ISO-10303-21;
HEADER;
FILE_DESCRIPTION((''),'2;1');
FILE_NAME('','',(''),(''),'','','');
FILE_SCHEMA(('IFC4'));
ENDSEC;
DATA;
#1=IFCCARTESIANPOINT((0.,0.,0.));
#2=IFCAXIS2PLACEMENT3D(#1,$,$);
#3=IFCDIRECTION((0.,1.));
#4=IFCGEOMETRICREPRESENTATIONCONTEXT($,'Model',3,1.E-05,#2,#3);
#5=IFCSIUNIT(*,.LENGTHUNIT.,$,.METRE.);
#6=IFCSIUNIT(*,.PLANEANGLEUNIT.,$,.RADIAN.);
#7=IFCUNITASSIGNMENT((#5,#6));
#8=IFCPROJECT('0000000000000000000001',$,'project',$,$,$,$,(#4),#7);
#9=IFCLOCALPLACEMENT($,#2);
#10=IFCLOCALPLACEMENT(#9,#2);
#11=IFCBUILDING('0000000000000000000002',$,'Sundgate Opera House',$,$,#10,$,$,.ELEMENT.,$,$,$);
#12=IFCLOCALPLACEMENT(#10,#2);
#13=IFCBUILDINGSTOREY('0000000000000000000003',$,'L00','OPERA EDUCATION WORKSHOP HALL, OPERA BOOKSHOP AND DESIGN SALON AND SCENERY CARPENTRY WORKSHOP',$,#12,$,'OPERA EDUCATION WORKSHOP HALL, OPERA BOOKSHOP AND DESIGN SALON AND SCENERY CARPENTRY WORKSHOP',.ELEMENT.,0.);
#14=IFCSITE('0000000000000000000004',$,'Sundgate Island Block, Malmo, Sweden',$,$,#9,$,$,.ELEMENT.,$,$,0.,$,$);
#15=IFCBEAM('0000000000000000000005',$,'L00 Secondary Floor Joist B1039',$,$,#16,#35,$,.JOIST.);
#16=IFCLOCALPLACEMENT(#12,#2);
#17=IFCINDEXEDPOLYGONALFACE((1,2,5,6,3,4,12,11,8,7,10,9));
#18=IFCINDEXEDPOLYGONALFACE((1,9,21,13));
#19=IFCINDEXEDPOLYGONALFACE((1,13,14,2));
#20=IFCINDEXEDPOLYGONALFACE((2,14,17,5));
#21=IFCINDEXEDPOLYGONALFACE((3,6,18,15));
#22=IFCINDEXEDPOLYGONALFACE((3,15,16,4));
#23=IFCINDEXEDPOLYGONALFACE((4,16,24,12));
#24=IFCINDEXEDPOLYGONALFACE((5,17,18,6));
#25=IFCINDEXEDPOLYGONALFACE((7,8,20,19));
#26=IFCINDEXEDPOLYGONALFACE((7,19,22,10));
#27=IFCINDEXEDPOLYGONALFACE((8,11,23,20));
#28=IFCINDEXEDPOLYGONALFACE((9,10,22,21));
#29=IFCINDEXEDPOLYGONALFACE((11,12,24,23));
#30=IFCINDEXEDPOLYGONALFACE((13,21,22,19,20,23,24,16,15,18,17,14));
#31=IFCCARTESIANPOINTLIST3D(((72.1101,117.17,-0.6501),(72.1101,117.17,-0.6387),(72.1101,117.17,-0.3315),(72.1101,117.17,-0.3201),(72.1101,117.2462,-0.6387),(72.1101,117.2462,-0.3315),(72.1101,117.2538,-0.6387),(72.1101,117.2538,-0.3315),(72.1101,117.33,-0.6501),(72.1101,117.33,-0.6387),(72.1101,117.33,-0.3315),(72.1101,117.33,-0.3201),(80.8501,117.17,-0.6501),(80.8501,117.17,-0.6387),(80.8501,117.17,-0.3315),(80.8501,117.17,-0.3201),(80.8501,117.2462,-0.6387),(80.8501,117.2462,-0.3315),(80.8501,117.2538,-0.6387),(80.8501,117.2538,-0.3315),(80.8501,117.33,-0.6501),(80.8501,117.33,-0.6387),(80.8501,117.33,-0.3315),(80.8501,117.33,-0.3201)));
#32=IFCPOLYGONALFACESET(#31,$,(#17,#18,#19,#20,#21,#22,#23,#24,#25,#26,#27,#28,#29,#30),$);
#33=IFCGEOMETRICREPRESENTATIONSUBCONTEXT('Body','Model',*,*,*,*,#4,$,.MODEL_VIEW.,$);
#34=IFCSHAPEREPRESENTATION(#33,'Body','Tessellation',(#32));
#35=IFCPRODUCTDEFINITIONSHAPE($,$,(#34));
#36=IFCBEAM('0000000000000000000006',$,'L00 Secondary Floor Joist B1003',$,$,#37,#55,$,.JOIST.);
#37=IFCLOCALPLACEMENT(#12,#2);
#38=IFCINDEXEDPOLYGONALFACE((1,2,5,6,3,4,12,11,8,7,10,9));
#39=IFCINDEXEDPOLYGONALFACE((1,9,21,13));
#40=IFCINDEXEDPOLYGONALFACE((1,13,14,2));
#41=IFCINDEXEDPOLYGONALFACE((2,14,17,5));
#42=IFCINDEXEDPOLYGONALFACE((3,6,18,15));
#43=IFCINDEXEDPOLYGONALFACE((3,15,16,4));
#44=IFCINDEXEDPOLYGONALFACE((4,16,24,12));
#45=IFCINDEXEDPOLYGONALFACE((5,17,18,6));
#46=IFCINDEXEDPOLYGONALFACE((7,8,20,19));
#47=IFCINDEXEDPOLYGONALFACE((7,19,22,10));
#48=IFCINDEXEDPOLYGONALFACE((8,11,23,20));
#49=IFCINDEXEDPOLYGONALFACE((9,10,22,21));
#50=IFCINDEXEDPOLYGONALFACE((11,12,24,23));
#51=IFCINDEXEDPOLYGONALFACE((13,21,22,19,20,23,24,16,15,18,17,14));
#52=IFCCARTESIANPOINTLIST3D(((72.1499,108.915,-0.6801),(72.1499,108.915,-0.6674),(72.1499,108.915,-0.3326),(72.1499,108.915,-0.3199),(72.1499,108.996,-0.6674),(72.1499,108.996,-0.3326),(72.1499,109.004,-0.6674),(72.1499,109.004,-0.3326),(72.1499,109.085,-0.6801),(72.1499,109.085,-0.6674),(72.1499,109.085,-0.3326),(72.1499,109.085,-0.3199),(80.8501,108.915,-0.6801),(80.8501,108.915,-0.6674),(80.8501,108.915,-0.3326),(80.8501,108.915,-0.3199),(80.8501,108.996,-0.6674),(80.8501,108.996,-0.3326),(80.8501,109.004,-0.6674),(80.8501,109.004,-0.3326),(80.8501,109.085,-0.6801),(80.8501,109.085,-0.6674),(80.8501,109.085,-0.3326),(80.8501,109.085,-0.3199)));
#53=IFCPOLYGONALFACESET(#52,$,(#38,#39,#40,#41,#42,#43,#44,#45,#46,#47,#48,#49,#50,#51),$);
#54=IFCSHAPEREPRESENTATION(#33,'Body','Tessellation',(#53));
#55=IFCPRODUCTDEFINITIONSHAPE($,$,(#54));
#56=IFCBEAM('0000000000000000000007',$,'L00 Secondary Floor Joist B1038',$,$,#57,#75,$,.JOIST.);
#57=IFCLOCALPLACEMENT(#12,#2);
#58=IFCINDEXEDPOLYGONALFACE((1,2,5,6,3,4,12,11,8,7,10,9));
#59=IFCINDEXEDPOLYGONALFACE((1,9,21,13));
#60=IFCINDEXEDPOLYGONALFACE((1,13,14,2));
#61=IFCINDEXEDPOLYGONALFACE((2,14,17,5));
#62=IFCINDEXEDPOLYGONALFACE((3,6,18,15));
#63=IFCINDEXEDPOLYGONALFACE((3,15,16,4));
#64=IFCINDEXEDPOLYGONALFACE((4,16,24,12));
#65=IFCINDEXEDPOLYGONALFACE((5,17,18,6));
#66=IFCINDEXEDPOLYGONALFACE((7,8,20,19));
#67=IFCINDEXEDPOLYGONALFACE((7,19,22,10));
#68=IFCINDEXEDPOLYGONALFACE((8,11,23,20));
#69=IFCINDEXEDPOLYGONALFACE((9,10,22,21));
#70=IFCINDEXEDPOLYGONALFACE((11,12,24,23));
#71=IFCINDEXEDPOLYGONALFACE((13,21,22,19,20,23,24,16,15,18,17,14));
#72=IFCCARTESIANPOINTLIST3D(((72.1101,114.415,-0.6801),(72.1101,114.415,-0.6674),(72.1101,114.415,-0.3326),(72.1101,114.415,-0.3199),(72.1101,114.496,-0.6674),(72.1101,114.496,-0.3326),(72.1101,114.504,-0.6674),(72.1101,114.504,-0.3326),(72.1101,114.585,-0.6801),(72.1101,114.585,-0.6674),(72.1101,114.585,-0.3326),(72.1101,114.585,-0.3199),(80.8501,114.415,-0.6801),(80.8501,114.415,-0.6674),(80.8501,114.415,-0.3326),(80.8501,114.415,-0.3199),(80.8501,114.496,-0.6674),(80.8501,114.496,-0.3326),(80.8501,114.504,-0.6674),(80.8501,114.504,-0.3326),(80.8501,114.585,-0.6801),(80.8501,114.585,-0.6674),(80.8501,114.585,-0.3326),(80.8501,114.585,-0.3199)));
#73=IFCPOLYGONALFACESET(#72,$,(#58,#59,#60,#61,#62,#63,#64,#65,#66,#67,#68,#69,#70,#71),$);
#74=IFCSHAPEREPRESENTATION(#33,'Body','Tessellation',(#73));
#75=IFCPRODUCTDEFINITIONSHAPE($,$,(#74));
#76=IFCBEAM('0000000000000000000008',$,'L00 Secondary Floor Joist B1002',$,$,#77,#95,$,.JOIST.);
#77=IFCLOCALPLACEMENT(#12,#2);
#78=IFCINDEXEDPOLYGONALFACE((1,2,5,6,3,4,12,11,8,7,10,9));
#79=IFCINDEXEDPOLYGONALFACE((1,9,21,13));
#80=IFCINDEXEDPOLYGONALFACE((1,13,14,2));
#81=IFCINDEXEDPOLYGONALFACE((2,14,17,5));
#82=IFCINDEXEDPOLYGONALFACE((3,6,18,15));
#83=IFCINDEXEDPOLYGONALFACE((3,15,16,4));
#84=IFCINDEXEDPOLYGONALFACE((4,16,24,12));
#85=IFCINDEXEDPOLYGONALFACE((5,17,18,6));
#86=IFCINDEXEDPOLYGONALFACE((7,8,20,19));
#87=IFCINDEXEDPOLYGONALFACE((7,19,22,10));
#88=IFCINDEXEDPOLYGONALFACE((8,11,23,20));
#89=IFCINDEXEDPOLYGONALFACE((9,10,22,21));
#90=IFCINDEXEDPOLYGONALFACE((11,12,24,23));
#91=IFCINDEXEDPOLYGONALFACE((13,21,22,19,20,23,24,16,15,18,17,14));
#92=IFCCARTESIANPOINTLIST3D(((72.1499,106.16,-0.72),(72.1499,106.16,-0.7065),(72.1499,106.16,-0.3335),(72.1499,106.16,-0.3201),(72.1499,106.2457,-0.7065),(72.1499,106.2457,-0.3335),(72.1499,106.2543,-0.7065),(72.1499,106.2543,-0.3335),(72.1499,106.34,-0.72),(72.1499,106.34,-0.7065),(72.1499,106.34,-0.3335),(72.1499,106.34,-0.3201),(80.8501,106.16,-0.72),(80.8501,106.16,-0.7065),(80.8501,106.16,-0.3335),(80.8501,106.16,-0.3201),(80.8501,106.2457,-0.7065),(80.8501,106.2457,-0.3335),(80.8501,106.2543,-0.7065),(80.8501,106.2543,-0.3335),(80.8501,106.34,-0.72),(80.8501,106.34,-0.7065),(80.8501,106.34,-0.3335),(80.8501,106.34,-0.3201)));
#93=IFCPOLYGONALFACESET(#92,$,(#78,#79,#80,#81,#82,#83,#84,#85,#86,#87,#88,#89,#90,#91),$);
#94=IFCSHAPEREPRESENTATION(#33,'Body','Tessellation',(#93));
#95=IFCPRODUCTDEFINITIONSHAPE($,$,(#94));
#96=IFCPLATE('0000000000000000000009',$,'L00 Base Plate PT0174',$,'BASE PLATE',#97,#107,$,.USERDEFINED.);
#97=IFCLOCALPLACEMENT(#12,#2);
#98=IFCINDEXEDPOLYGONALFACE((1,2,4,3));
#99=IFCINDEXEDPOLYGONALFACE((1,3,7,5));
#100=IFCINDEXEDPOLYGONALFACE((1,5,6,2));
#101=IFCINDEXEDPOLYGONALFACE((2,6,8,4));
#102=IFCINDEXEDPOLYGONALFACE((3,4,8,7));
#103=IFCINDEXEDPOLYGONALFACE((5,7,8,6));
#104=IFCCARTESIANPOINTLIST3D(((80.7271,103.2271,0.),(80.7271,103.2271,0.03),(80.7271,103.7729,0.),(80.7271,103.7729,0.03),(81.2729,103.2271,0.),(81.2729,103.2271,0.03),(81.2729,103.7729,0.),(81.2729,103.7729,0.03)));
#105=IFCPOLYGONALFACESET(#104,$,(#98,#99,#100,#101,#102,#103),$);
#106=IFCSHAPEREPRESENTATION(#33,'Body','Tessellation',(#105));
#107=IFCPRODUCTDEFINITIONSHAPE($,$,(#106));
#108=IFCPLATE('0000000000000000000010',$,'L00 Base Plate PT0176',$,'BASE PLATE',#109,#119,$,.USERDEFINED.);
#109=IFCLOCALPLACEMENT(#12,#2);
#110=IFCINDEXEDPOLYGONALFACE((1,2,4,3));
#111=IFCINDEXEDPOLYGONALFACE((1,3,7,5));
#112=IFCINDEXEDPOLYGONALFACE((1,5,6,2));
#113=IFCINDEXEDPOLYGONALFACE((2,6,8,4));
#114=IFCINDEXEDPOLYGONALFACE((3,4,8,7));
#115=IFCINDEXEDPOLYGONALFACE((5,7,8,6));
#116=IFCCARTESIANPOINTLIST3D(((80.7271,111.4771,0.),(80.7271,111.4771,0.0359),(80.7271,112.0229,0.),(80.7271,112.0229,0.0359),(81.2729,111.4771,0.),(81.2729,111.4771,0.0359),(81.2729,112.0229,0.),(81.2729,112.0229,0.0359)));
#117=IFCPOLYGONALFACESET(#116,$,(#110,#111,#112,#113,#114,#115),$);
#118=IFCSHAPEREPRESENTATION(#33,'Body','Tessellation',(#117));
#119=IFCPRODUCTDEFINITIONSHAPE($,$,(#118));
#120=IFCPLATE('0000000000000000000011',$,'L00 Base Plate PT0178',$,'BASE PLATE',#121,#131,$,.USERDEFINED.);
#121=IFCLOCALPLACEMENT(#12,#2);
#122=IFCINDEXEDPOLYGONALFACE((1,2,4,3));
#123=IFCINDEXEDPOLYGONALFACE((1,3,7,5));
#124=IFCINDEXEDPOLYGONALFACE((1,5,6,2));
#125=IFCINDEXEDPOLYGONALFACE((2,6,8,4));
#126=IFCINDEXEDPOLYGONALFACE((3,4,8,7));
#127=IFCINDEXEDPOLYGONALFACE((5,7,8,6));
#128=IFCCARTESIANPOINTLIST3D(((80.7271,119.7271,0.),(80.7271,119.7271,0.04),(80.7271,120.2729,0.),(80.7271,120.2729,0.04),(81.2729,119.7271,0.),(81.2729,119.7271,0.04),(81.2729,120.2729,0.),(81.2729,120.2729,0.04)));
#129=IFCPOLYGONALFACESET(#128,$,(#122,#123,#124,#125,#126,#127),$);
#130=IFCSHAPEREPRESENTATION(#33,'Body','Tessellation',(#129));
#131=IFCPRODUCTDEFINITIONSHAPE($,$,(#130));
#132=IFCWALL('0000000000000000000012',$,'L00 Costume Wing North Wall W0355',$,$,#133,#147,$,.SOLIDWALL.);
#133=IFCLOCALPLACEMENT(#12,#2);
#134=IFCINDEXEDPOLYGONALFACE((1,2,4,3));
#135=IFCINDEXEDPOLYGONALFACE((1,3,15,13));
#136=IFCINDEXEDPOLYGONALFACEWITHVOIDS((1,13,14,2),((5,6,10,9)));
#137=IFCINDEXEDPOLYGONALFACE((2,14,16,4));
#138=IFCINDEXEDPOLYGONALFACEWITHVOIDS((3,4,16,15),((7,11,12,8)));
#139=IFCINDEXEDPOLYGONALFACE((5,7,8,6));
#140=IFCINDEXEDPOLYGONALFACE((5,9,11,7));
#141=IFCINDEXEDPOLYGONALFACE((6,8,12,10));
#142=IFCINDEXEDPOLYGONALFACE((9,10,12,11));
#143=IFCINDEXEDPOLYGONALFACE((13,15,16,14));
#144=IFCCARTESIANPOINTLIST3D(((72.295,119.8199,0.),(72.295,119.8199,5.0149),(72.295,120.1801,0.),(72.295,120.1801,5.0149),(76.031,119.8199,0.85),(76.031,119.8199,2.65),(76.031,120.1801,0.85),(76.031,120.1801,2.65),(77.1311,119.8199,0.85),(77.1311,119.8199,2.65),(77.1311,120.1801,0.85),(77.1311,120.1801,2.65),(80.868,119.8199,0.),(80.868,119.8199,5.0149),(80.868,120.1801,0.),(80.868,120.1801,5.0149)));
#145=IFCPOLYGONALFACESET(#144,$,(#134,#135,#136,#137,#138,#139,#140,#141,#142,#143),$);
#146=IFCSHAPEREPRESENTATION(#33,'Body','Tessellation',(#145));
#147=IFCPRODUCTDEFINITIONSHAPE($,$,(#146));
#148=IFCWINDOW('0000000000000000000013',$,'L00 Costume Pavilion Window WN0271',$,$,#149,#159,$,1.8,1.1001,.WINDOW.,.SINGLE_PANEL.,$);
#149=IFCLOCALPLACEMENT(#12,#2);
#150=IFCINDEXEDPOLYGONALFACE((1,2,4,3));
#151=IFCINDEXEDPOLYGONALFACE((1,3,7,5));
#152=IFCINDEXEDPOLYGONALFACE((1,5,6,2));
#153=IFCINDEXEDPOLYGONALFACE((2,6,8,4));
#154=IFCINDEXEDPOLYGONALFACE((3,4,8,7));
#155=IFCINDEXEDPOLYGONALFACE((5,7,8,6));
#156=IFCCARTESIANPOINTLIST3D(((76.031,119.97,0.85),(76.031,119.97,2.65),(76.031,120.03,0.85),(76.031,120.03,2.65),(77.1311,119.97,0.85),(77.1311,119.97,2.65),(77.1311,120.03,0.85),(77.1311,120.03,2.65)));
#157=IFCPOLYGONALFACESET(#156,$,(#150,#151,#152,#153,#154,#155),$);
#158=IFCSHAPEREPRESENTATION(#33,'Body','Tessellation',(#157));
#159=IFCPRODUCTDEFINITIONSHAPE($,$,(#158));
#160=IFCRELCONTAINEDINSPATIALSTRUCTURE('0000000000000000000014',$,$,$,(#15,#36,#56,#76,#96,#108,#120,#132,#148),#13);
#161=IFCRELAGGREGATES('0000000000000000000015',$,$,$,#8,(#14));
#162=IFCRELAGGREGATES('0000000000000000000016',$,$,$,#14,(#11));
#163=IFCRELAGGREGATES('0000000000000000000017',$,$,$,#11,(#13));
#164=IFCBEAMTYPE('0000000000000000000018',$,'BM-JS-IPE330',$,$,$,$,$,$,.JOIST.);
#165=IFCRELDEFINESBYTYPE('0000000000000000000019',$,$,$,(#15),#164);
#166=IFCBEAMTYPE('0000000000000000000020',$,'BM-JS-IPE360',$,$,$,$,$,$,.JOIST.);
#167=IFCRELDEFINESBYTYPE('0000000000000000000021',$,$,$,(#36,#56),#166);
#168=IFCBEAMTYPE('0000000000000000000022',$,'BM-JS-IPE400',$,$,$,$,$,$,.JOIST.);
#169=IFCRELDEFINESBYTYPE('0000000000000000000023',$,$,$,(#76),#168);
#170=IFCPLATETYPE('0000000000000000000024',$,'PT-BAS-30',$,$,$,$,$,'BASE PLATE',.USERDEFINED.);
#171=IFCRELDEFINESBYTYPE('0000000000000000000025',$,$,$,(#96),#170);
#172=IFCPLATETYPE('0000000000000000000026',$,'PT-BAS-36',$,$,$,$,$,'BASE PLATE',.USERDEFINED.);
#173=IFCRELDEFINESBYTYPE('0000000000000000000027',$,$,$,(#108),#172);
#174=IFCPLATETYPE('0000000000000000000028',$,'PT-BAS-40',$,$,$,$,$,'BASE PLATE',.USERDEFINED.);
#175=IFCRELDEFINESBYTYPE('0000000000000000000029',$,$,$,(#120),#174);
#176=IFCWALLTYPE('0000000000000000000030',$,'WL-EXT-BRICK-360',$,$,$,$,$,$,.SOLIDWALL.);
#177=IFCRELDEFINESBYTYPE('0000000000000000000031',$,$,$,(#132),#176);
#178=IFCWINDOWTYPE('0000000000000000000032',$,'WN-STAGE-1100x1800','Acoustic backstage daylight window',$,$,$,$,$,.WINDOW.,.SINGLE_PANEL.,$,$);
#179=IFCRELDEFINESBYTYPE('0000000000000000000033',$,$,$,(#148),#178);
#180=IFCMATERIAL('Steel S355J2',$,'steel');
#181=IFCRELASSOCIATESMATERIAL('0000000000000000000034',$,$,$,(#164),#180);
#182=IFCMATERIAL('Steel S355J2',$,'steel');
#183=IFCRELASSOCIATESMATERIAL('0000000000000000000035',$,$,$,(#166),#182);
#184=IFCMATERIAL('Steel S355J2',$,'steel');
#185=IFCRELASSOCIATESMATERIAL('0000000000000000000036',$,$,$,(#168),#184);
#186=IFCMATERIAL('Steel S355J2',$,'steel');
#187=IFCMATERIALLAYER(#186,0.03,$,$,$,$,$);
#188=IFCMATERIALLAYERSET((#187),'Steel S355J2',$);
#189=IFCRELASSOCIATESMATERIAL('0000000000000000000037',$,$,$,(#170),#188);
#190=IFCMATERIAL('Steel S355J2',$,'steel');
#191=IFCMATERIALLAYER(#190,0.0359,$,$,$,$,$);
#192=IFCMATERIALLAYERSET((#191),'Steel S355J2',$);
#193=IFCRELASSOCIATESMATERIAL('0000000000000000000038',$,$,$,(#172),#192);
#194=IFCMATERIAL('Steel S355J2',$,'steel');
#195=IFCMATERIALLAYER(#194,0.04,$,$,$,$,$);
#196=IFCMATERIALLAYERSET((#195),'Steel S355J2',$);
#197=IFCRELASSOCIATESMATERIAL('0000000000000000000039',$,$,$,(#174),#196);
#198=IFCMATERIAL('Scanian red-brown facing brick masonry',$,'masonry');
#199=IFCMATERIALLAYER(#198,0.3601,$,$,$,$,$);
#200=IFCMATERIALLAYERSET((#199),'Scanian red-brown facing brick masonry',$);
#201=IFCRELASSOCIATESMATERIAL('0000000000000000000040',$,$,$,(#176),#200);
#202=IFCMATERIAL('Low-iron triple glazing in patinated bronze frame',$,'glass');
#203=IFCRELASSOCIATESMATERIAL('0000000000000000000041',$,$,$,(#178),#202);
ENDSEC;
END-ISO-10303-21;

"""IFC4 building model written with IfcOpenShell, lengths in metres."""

from ifc_helpers import new_model, si_unit, direction, frame, frame_2d, origin, origin_2d, place, context, subcontext, project, spatial, rectangle, i_section, extrude, material, layer, layer_set, material_profile, profile_set, type_object, element, fill, save


model = new_model("IFC4")

# Units and contexts
model_context = context("Model", 3, precision=1e-05, world=origin(), true_north=direction((0.0, 1.0)))
body_context = subcontext(model_context, "Body", "Model", "MODEL_VIEW")
ifc_project = project(units=[si_unit("LENGTHUNIT", "METRE"), si_unit("PLANEANGLEUNIT", "RADIAN")], contexts=[model_context])

# Site, building, storey
site_placement = place(None, origin())
site = spatial("IfcSite", under=ifc_project, at=site_placement, Name="Sundgate Island Block, Malmo, Sweden", CompositionType="ELEMENT", RefElevation=0.0)
building_placement = place(site_placement, origin())
building = spatial("IfcBuilding", under=site, at=building_placement, Name="Sundgate Opera House", CompositionType="ELEMENT")
storey_placement = place(building_placement, origin())
storey = spatial("IfcBuildingStorey", under=building, at=storey_placement, Name="L00", Description="OPERA EDUCATION WORKSHOP HALL, OPERA BOOKSHOP AND DESIGN SALON AND SCENERY CARPENTRY WORKSHOP", LongName="OPERA EDUCATION WORKSHOP HALL, OPERA BOOKSHOP AND DESIGN SALON AND SCENERY CARPENTRY WORKSHOP", CompositionType="ELEMENT", Elevation=0.0)

# Beams
ifc_material_1 = material(Name="Steel S355J2", Category="steel")
ifc_material_profile_1 = material_profile(ifc_material_1, i_section(OverallWidth=0.1599, OverallDepth=0.3301, WebThickness=0.0076, FlangeThickness=0.0115, at=origin_2d()), Name="IPE 330")
ifc_profile_set_1 = profile_set([ifc_material_profile_1], Name="Steel S355J2")
beam_type_1 = type_object("IfcBeamType", Name="BM-JS-IPE330", PredefinedType="JOIST", material=ifc_profile_set_1)
beam_1_placement = place(storey_placement, frame((72.1101, 117.25, -0.4851), z_axis=(1.0, 0.0, 0.0), x_axis=(0.0, 1.0, 0.0)))
element("IfcBeam", 1, at=beam_1_placement, inside=storey, type_object=beam_type_1, Name="L00 Secondary Floor Joist B1039", PredefinedType="JOIST", context=body_context, shape_type="SweptSolid", body=[
    extrude(i_section(OverallWidth=0.1599, OverallDepth=0.3301, WebThickness=0.0076, FlangeThickness=0.0115, at=origin_2d()), origin(), (0.0, 0.0, 1.0), 8.74),
])
ifc_material_2 = material(Name="Steel S355J2", Category="steel")
ifc_material_profile_2 = material_profile(ifc_material_2, i_section(OverallWidth=0.1699, OverallDepth=0.3601, WebThickness=0.0081, FlangeThickness=0.0127, at=origin_2d()), Name="IPE 360")
ifc_profile_set_2 = profile_set([ifc_material_profile_2], Name="Steel S355J2")
beam_type_2 = type_object("IfcBeamType", Name="BM-JS-IPE360", PredefinedType="JOIST", material=ifc_profile_set_2)
beam_2_placement = place(storey_placement, frame((72.1499, 109.0, -0.5), z_axis=(1.0, 0.0, 0.0), x_axis=(0.0, 1.0, 0.0)))
element("IfcBeam", 2, at=beam_2_placement, inside=storey, type_object=beam_type_2, Name="L00 Secondary Floor Joist B1003", PredefinedType="JOIST", context=body_context, shape_type="SweptSolid", body=[
    extrude(i_section(OverallWidth=0.1699, OverallDepth=0.3601, WebThickness=0.0081, FlangeThickness=0.0127, at=origin_2d()), origin(), (0.0, 0.0, 1.0), 8.7002),
])
beam_3_placement = place(storey_placement, frame((72.1101, 114.5, -0.5), z_axis=(1.0, 0.0, 0.0), x_axis=(0.0, 1.0, 0.0)))
element("IfcBeam", 3, at=beam_3_placement, inside=storey, type_object=beam_type_2, Name="L00 Secondary Floor Joist B1038", PredefinedType="JOIST", context=body_context, shape_type="SweptSolid", body=[
    extrude(i_section(OverallWidth=0.1699, OverallDepth=0.3601, WebThickness=0.0081, FlangeThickness=0.0127, at=origin_2d()), origin(), (0.0, 0.0, 1.0), 8.74),
])
ifc_material_3 = material(Name="Steel S355J2", Category="steel")
ifc_material_profile_3 = material_profile(ifc_material_3, i_section(OverallWidth=0.1799, OverallDepth=0.3999, WebThickness=0.0085, FlangeThickness=0.0134, at=origin_2d()), Name="IPE 400")
ifc_profile_set_3 = profile_set([ifc_material_profile_3], Name="Steel S355J2")
beam_type_3 = type_object("IfcBeamType", Name="BM-JS-IPE400", PredefinedType="JOIST", material=ifc_profile_set_3)
beam_4_placement = place(storey_placement, frame((72.1499, 106.25, -0.52), z_axis=(1.0, 0.0, 0.0), x_axis=(0.0, 1.0, 0.0)))
element("IfcBeam", 4, at=beam_4_placement, inside=storey, type_object=beam_type_3, Name="L00 Secondary Floor Joist B1002", PredefinedType="JOIST", context=body_context, shape_type="SweptSolid", body=[
    extrude(i_section(OverallWidth=0.1799, OverallDepth=0.3999, WebThickness=0.0085, FlangeThickness=0.0134, at=origin_2d()), origin(), (0.0, 0.0, 1.0), 8.7002),
])

# Plates
ifc_material_4 = material(Name="Steel S355J2", Category="steel")
ifc_layer_1 = layer(ifc_material_4, 0.03)
ifc_layer_set_1 = layer_set([ifc_layer_1], Name="Steel S355J2")
plate_type_1 = type_object("IfcPlateType", Name="PT-BAS-30", ElementType="BASE PLATE", PredefinedType="USERDEFINED", material=ifc_layer_set_1)
plate_1_placement = place(storey_placement, frame((81.0, 103.5, 0.0), z_axis=(0.0, 0.0, 1.0), x_axis=(1.0, 0.0, 0.0)))
element("IfcPlate", 5, at=plate_1_placement, inside=storey, type_object=plate_type_1, Name="L00 Base Plate PT0174", ObjectType="BASE PLATE", PredefinedType="USERDEFINED", context=body_context, shape_type="SweptSolid", body=[
    extrude(rectangle(XDim=0.5459, YDim=0.5459, at=origin_2d()), origin(), (0.0, 0.0, 1.0), 0.03),
])
ifc_material_5 = material(Name="Steel S355J2", Category="steel")
ifc_layer_2 = layer(ifc_material_5, 0.0359)
ifc_layer_set_2 = layer_set([ifc_layer_2], Name="Steel S355J2")
plate_type_2 = type_object("IfcPlateType", Name="PT-BAS-36", ElementType="BASE PLATE", PredefinedType="USERDEFINED", material=ifc_layer_set_2)
plate_2_placement = place(storey_placement, frame((81.0, 111.75, 0.0), z_axis=(0.0, 0.0, 1.0), x_axis=(1.0, 0.0, 0.0)))
element("IfcPlate", 6, at=plate_2_placement, inside=storey, type_object=plate_type_2, Name="L00 Base Plate PT0176", ObjectType="BASE PLATE", PredefinedType="USERDEFINED", context=body_context, shape_type="SweptSolid", body=[
    extrude(rectangle(XDim=0.5459, YDim=0.5459, at=origin_2d()), origin(), (0.0, 0.0, 1.0), 0.0359),
])
ifc_material_6 = material(Name="Steel S355J2", Category="steel")
ifc_layer_3 = layer(ifc_material_6, 0.04)
ifc_layer_set_3 = layer_set([ifc_layer_3], Name="Steel S355J2")
plate_type_3 = type_object("IfcPlateType", Name="PT-BAS-40", ElementType="BASE PLATE", PredefinedType="USERDEFINED", material=ifc_layer_set_3)
plate_3_placement = place(storey_placement, frame((81.0, 120.0, 0.0), z_axis=(0.0, 0.0, 1.0), x_axis=(1.0, 0.0, 0.0)))
element("IfcPlate", 7, at=plate_3_placement, inside=storey, type_object=plate_type_3, Name="L00 Base Plate PT0178", ObjectType="BASE PLATE", PredefinedType="USERDEFINED", context=body_context, shape_type="SweptSolid", body=[
    extrude(rectangle(XDim=0.5459, YDim=0.5459, at=origin_2d()), origin(), (0.0, 0.0, 1.0), 0.04),
])

# Wall, opening, window
ifc_material_7 = material(Name="Scanian red-brown facing brick masonry", Category="masonry")
ifc_layer_4 = layer(ifc_material_7, 0.3601)
ifc_layer_set_4 = layer_set([ifc_layer_4], Name="Scanian red-brown facing brick masonry")
wall_type = type_object("IfcWallType", Name="WL-EXT-BRICK-360", PredefinedType="SOLIDWALL", material=ifc_layer_set_4)
wall_1_placement = place(storey_placement, frame((72.2949, 120.0, 0.0), z_axis=(0.0, 0.0, 1.0), x_axis=(1.0, 0.0, 0.0)))
wall_1 = element("IfcWall", 8, at=wall_1_placement, inside=storey, type_object=wall_type, Name="L00 Costume Wing North Wall W0355", PredefinedType="SOLIDWALL", context=body_context, shape_type="SweptSolid", body=[
    extrude(rectangle(XDim=8.573, YDim=0.3601, at=frame_2d((4.2866, 0.0))), origin(), (0.0, 0.0, 1.0), 5.0149),
])
opening_1_placement = place(wall_1_placement, frame((3.7361, 0.0, 0.8501)))
opening_1 = element("IfcOpeningElement", 9, at=opening_1_placement, cuts=wall_1, PredefinedType="OPENING", context=body_context, shape_type="SweptSolid", body=[
    extrude(rectangle(XDim=1.1001, YDim=1.8, at=frame_2d((0.55, 0.8999))), frame((0.0, 0.1899, 0.0), z_axis=(0.0, -1.0, 0.0), x_axis=(1.0, 0.0, 0.0)), (0.0, 0.0, 1.0), 0.3801),
])
ifc_material_8 = material(Name="Low-iron triple glazing in patinated bronze frame", Category="glass")
window_type_1 = type_object("IfcWindowType", Name="WN-STAGE-1100x1800", Description="Acoustic backstage daylight window", PartitioningType="SINGLE_PANEL", PredefinedType="WINDOW", material=ifc_material_8)
window_1_placement = place(opening_1_placement, origin())
window_1 = element("IfcWindow", 10, at=window_1_placement, inside=storey, type_object=window_type_1, Name="L00 Costume Pavilion Window WN0271", OverallHeight=1.8, OverallWidth=1.1001, PartitioningType="SINGLE_PANEL", PredefinedType="WINDOW", context=body_context, shape_type="SweptSolid", body=[
    extrude(rectangle(XDim=1.1001, YDim=1.8, at=frame_2d((0.55, 0.8999))), frame((0.0, 0.03, 0.0), z_axis=(0.0, -1.0, 0.0), x_axis=(1.0, 0.0, 0.0)), (0.0, 0.0, 1.0), 0.0601),
])
fill(opening_1, window_1)

save(model, "model.ifc")
